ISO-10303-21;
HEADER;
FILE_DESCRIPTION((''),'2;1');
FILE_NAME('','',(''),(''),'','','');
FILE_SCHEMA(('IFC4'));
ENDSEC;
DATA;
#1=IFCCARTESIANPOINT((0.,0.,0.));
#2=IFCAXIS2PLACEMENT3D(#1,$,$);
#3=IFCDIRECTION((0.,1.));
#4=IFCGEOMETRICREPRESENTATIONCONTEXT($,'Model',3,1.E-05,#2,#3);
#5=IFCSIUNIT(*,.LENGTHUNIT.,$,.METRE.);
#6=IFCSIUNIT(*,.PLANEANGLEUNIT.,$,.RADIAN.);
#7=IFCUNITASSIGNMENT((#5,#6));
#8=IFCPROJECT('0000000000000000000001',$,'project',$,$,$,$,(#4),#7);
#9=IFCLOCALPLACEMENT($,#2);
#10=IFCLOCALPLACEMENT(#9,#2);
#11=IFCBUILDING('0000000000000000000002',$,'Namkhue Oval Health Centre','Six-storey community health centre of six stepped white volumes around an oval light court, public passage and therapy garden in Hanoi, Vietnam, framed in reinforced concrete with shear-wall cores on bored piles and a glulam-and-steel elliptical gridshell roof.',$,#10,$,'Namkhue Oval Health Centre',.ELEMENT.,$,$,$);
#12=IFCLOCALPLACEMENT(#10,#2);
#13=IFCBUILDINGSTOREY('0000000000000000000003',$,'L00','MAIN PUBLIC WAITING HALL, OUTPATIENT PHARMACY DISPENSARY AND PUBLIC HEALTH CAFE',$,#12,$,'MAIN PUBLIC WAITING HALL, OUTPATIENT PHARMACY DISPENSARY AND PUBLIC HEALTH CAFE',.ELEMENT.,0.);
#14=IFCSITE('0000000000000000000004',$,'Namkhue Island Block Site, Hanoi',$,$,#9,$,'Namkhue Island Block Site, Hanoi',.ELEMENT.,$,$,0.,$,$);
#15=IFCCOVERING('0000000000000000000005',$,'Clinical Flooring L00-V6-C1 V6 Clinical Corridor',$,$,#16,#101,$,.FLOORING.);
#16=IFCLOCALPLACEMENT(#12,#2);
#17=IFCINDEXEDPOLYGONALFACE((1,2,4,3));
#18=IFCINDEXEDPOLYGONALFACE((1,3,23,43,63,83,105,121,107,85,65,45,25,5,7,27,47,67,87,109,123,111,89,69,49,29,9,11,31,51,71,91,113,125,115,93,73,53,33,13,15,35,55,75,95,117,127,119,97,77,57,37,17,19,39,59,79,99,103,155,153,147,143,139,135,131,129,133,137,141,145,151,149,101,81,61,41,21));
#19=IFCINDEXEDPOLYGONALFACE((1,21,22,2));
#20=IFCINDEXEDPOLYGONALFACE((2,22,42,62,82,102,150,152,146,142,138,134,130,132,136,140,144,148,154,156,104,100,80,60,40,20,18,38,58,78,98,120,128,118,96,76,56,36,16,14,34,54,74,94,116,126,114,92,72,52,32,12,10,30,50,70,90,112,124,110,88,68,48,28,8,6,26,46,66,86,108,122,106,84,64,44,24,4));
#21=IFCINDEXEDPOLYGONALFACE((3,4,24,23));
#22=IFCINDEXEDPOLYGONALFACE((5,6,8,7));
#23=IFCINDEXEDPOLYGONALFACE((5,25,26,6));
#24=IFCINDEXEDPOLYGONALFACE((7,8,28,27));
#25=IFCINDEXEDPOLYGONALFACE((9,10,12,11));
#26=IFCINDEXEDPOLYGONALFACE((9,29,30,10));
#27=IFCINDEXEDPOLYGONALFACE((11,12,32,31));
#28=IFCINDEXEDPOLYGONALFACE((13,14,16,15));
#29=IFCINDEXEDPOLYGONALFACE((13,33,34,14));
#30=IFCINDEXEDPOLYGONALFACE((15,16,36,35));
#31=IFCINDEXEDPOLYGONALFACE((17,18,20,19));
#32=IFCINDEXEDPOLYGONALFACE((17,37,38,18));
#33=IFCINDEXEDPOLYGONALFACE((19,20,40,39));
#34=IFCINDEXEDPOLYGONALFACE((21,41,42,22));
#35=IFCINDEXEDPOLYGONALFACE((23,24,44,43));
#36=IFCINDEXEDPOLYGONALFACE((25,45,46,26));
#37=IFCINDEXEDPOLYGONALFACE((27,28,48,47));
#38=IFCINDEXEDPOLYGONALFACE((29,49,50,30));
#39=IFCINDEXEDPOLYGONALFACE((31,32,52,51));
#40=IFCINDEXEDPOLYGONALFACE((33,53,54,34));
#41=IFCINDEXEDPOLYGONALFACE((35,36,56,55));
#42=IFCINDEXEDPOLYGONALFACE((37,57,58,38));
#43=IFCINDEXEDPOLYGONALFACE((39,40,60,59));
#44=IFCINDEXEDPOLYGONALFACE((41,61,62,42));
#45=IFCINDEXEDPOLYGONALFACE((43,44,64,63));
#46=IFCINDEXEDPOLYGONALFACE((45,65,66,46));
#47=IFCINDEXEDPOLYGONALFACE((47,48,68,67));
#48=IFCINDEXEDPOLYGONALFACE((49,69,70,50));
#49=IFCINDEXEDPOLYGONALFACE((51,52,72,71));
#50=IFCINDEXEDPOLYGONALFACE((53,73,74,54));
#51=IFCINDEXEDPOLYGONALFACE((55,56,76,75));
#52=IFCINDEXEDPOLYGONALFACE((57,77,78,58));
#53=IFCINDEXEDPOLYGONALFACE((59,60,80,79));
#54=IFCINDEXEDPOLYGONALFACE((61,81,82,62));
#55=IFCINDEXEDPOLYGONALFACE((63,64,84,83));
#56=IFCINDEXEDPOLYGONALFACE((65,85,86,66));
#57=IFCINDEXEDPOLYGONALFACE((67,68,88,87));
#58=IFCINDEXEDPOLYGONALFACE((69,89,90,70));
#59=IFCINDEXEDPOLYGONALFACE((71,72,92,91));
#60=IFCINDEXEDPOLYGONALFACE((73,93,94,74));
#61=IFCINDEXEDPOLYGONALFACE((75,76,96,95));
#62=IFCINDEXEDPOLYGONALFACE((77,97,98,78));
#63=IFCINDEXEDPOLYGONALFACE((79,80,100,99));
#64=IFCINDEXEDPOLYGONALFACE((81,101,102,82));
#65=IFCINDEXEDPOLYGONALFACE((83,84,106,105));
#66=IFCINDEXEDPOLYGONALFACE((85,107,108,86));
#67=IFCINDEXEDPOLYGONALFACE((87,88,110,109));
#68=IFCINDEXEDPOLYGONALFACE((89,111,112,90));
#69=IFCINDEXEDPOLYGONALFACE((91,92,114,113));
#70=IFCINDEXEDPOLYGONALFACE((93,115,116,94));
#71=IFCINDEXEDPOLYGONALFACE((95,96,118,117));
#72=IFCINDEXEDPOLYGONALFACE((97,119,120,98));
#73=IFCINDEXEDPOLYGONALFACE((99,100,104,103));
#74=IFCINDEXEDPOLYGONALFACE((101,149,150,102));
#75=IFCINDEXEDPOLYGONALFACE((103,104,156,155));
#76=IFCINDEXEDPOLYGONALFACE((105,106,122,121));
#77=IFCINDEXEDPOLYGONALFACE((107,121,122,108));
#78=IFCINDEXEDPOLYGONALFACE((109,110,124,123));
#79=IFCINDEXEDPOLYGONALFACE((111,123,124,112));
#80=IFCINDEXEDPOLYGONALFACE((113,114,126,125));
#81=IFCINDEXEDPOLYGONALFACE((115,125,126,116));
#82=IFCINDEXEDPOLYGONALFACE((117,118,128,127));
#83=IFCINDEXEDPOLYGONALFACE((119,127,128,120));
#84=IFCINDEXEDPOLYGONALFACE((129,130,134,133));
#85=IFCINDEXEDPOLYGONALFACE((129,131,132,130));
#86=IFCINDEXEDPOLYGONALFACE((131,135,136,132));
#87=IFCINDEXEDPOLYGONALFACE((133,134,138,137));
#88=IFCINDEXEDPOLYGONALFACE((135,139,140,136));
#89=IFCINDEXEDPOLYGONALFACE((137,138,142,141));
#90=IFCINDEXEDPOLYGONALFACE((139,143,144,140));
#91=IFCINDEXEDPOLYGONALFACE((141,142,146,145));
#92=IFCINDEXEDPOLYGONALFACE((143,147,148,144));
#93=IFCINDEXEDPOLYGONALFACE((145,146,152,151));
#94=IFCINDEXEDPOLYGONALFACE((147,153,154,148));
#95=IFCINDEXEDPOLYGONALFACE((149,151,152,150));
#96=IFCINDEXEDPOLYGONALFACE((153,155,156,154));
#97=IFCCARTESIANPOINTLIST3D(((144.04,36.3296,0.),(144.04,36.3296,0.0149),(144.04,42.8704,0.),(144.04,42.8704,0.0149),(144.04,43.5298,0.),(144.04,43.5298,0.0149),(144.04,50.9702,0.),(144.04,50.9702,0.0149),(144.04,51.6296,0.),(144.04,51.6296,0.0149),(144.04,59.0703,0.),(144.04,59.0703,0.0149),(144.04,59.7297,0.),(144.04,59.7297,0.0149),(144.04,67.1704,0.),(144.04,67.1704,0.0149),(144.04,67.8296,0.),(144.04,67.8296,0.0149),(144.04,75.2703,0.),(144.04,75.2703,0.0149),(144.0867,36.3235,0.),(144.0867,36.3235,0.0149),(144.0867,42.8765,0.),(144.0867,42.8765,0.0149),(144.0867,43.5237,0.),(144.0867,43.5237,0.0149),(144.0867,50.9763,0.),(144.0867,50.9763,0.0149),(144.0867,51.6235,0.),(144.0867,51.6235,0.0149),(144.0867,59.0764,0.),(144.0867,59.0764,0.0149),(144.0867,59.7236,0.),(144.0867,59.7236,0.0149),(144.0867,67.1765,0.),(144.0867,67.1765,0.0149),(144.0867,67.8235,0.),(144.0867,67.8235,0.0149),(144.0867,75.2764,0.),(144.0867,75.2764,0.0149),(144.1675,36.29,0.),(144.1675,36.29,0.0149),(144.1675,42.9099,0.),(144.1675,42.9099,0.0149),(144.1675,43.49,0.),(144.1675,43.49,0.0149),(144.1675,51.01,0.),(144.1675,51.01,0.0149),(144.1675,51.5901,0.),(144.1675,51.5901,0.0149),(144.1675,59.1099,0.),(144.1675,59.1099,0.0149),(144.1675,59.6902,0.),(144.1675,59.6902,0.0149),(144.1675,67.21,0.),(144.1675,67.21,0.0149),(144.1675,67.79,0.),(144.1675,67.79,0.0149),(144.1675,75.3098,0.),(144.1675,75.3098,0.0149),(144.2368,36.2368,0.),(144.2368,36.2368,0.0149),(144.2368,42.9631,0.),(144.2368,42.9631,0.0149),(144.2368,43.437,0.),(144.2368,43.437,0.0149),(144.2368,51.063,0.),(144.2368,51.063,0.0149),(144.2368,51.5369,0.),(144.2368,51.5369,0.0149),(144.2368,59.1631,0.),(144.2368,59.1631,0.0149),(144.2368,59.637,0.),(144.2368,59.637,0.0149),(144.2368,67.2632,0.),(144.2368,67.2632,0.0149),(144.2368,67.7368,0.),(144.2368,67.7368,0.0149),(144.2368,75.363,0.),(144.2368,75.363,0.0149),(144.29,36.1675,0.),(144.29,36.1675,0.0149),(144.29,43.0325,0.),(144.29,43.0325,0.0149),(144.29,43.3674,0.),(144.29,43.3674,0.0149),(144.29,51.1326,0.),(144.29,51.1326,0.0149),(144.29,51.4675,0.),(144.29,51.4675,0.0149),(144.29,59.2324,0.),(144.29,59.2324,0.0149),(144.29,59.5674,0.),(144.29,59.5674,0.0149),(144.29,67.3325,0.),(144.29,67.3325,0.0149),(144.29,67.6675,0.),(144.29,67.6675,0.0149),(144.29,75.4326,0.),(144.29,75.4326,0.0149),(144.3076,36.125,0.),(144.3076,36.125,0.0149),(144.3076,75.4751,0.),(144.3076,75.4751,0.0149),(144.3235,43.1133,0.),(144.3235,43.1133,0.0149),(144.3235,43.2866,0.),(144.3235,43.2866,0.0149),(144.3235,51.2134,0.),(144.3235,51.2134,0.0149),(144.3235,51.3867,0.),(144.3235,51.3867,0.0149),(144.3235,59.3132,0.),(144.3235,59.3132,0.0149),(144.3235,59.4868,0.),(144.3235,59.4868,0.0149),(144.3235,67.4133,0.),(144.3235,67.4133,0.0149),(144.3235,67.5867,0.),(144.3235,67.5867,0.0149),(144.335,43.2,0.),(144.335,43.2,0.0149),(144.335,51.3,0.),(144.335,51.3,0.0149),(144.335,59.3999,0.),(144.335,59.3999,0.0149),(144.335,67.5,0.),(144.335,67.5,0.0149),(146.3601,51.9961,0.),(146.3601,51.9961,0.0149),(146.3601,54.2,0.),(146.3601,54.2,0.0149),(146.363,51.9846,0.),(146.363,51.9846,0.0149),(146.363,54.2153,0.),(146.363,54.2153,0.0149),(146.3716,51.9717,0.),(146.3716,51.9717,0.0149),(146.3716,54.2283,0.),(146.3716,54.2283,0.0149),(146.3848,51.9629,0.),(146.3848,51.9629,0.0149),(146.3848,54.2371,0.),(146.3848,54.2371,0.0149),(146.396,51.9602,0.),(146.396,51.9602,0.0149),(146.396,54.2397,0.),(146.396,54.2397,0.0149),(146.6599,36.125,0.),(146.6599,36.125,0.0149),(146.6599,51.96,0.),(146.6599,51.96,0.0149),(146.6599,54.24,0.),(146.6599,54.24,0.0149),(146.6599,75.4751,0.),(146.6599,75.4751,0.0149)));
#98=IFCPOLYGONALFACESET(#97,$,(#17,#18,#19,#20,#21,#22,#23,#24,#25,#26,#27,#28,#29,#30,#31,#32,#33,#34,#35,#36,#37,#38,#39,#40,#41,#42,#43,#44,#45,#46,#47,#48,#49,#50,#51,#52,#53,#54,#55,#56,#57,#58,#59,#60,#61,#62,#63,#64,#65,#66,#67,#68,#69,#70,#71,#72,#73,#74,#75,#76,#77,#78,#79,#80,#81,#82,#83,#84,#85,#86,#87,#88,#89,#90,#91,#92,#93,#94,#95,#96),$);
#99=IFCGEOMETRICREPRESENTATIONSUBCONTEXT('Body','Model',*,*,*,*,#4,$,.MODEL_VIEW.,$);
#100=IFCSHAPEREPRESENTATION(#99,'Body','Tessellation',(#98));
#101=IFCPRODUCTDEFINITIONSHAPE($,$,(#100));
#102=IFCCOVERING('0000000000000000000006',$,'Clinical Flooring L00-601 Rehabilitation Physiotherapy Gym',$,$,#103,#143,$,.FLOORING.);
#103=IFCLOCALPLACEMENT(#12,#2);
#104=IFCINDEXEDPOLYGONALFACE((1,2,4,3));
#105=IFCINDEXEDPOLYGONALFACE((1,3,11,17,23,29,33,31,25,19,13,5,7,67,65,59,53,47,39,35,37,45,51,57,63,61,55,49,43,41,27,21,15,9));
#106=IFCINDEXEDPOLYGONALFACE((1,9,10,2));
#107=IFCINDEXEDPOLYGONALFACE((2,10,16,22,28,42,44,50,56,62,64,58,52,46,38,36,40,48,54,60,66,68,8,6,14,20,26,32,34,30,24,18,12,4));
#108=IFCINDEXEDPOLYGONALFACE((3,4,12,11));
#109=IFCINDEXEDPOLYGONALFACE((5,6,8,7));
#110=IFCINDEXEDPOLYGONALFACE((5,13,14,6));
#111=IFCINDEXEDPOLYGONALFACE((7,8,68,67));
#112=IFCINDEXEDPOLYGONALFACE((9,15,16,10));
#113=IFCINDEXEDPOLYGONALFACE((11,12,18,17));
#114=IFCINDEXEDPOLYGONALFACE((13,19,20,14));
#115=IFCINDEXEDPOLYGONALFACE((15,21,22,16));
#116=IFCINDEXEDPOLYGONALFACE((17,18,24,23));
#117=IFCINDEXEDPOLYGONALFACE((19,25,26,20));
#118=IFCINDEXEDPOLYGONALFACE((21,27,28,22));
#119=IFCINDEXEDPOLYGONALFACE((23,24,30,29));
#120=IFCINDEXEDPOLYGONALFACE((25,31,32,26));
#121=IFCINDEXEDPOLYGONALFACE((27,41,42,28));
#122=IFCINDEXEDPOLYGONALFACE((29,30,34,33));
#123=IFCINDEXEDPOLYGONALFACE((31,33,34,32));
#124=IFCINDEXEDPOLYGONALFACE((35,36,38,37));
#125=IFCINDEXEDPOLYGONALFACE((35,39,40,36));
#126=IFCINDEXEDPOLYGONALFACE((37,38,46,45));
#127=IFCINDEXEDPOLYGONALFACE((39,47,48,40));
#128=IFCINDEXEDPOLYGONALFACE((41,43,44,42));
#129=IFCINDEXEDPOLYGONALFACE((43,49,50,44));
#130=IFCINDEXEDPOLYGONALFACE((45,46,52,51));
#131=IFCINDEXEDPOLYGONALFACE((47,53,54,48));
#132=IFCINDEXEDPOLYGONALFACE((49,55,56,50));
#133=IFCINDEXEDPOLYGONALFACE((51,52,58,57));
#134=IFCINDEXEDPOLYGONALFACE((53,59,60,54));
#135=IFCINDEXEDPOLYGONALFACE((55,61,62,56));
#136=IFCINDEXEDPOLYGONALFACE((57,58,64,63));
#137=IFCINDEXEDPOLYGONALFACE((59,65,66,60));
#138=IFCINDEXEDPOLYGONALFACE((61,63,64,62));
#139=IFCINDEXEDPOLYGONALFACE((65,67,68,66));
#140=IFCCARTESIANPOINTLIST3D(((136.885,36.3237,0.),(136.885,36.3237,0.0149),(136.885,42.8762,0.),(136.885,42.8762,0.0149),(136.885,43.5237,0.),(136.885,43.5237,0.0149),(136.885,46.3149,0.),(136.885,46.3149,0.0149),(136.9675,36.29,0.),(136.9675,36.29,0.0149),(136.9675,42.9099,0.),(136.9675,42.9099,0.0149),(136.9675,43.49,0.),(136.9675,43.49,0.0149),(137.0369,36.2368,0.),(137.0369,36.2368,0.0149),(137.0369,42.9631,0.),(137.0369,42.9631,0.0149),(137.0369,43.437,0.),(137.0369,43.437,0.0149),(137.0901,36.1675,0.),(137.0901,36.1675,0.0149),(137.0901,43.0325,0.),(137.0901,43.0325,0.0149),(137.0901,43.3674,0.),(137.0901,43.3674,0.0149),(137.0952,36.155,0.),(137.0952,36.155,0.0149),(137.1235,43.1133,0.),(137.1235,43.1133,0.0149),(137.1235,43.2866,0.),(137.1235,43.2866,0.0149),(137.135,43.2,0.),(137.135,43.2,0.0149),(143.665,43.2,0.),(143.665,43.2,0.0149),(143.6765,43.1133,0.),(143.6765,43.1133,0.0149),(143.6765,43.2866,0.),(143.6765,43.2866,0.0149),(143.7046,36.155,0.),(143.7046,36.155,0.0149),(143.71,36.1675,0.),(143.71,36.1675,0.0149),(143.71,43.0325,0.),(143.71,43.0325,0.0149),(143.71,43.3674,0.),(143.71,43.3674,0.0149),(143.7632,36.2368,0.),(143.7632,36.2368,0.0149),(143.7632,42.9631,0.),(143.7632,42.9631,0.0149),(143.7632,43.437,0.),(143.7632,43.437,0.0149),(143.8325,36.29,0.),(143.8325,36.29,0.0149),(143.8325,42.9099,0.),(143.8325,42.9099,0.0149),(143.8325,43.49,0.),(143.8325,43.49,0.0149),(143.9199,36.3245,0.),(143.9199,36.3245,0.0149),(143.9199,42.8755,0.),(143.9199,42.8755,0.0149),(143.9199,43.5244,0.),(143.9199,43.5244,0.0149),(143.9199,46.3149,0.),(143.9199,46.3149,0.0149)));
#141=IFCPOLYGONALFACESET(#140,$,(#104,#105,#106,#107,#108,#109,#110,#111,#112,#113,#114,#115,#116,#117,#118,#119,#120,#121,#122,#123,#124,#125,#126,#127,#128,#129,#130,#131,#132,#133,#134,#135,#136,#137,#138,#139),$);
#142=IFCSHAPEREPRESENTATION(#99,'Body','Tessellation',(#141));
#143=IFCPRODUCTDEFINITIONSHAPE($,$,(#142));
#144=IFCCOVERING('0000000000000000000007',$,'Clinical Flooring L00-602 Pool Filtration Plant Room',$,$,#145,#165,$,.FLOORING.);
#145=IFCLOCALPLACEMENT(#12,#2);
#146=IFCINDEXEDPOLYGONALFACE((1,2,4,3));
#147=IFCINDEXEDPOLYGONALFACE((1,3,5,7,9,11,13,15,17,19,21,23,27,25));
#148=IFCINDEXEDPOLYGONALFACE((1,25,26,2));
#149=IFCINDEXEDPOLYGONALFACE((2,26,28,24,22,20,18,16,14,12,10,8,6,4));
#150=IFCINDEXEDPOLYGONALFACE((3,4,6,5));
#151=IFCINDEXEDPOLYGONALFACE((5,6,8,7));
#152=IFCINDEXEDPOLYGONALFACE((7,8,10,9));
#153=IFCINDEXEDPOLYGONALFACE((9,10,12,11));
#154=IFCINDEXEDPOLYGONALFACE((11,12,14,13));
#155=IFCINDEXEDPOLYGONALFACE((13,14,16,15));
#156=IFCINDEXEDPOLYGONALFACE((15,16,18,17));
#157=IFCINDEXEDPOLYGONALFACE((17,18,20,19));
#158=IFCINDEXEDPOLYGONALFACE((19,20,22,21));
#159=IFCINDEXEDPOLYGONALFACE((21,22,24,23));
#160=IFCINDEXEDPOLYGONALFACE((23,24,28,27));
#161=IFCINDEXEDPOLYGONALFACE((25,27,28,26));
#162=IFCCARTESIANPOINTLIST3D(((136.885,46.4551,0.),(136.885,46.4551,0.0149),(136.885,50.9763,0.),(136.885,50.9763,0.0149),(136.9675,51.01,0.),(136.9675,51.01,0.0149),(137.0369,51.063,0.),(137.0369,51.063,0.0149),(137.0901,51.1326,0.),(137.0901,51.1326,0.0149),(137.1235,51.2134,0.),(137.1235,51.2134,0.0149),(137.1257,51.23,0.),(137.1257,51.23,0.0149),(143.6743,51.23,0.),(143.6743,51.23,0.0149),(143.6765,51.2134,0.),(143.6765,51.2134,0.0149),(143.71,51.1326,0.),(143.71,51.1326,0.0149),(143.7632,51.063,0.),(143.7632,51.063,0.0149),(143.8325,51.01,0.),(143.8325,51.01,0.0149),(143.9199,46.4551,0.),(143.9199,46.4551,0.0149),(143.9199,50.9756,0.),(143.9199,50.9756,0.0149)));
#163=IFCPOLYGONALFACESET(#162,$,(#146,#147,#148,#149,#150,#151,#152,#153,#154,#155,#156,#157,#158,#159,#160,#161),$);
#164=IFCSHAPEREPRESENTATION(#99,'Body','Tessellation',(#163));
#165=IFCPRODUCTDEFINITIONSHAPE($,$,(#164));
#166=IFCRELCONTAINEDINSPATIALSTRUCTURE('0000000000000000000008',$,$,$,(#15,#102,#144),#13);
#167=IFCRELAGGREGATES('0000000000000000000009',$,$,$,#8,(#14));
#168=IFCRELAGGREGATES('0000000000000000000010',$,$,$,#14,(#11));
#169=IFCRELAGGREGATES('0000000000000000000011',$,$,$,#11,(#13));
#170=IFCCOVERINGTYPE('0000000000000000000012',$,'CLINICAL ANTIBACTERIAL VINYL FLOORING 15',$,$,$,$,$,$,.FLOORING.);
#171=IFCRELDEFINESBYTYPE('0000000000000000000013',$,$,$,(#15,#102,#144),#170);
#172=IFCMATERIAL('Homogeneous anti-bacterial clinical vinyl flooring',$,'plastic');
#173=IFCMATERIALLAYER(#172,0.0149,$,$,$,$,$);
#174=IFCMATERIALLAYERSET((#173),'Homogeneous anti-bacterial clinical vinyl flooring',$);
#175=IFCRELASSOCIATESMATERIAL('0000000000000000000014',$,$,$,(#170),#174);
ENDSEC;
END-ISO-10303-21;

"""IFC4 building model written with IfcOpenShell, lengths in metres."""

from ifc_helpers import new_model, si_unit, direction, origin, place, context, subcontext, project, spatial, polyline, outline, extrude, material, layer, layer_set, type_object, element, save


model = new_model("IFC4")

# Units and contexts
model_context = context("Model", 3, precision=1e-05, world=origin(), true_north=direction((0.0, 1.0)))
body_context = subcontext(model_context, "Body", "Model", "MODEL_VIEW")
ifc_project = project(units=[si_unit("LENGTHUNIT", "METRE"), si_unit("PLANEANGLEUNIT", "RADIAN")], contexts=[model_context])

# Site, building, storey
site_placement = place(None, origin())
site = spatial("IfcSite", under=ifc_project, at=site_placement, Name="Namkhue Island Block Site, Hanoi", LongName="Namkhue Island Block Site, Hanoi", CompositionType="ELEMENT", RefElevation=0.0)
building_placement = place(site_placement, origin())
building = spatial("IfcBuilding", under=site, at=building_placement, Name="Namkhue Oval Health Centre", Description="Six-storey community health centre of six stepped white volumes around an oval light court, public passage and therapy garden in Hanoi, Vietnam, framed in reinforced concrete with shear-wall cores on bored piles and a glulam-and-steel elliptical gridshell roof.", LongName="Namkhue Oval Health Centre", CompositionType="ELEMENT")
storey_placement = place(building_placement, origin())
storey = spatial("IfcBuildingStorey", under=building, at=storey_placement, Name="L00", Description="MAIN PUBLIC WAITING HALL, OUTPATIENT PHARMACY DISPENSARY AND PUBLIC HEALTH CAFE", LongName="MAIN PUBLIC WAITING HALL, OUTPATIENT PHARMACY DISPENSARY AND PUBLIC HEALTH CAFE", CompositionType="ELEMENT", Elevation=0.0)

# Coverings
ifc_material_1 = material(Name="Homogeneous anti-bacterial clinical vinyl flooring", Category="plastic")
ifc_layer_1 = layer(ifc_material_1, 0.0149)
ifc_layer_set_1 = layer_set([ifc_layer_1], Name="Homogeneous anti-bacterial clinical vinyl flooring")
covering_type_1 = type_object("IfcCoveringType", Name="CLINICAL ANTIBACTERIAL VINYL FLOORING 15", PredefinedType="FLOORING", material=ifc_layer_set_1)
covering_1_placement = place(storey_placement, origin())
element("IfcCovering", 1, at=covering_1_placement, inside=storey, type_object=covering_type_1, Name="Clinical Flooring L00-V6-C1 V6 Clinical Corridor", PredefinedType="FLOORING", context=body_context, shape_type="SweptSolid", body=[
    extrude(outline(polyline([(144.04, 42.8704), (144.0867, 42.8765), (144.1675, 42.9099), (144.2368, 42.9631), (144.29, 43.0325), (144.3235, 43.1133), (144.335, 43.2), (144.3235, 43.2866), (144.29, 43.3674), (144.2368, 43.437), (144.1675, 43.49), (144.0867, 43.5237), (144.04, 43.5298), (144.04, 50.9702), (144.0867, 50.9763), (144.1675, 51.01), (144.2368, 51.063), (144.29, 51.1326), (144.3235, 51.2134), (144.335, 51.3), (144.3235, 51.3867), (144.29, 51.4675), (144.2368, 51.5369), (144.1675, 51.5901), (144.0867, 51.6235), (144.04, 51.6296), (144.04, 59.0703), (144.0867, 59.0764), (144.1675, 59.1099), (144.2368, 59.1631), (144.29, 59.2324), (144.3235, 59.3132), (144.335, 59.3999), (144.3235, 59.4868), (144.29, 59.5674), (144.2368, 59.637), (144.1675, 59.6902), (144.0867, 59.7236), (144.04, 59.7297), (144.04, 67.1704), (144.0867, 67.1765), (144.1675, 67.21), (144.2368, 67.2632), (144.29, 67.3325), (144.3235, 67.4133), (144.335, 67.5), (144.3235, 67.5867), (144.29, 67.6675), (144.2368, 67.7368), (144.1675, 67.79), (144.0867, 67.8235), (144.04, 67.8296), (144.04, 75.2703), (144.0867, 75.2764), (144.1675, 75.3098), (144.2368, 75.363), (144.29, 75.4326), (144.3076, 75.4751), (146.6599, 75.4751), (146.6599, 54.24), (146.396, 54.2397), (146.3848, 54.2371), (146.3716, 54.2283), (146.363, 54.2153), (146.3601, 54.2), (146.3601, 51.9961), (146.363, 51.9846), (146.3716, 51.9717), (146.3848, 51.9629), (146.396, 51.9602), (146.6599, 51.96), (146.6599, 36.125), (144.3076, 36.125), (144.29, 36.1675), (144.2368, 36.2368), (144.1675, 36.29), (144.0867, 36.3235), (144.04, 36.3296), (144.04, 42.8704)])), origin(), (0.0, 0.0, 1.0), 0.0149),
])
covering_2_placement = place(storey_placement, origin())
element("IfcCovering", 2, at=covering_2_placement, inside=storey, type_object=covering_type_1, Name="Clinical Flooring L00-601 Rehabilitation Physiotherapy Gym", PredefinedType="FLOORING", context=body_context, shape_type="SweptSolid", body=[
    extrude(outline(polyline([(137.0952, 36.155), (137.0901, 36.1675), (137.0369, 36.2368), (136.9675, 36.29), (136.885, 36.3237), (136.885, 42.8762), (136.9675, 42.9099), (137.0369, 42.9631), (137.0901, 43.0325), (137.1235, 43.1133), (137.135, 43.2), (137.1235, 43.2866), (137.0901, 43.3674), (137.0369, 43.437), (136.9675, 43.49), (136.885, 43.5237), (136.885, 46.3149), (143.9199, 46.3149), (143.9199, 43.5244), (143.8325, 43.49), (143.7632, 43.437), (143.71, 43.3674), (143.6765, 43.2866), (143.665, 43.2), (143.6765, 43.1133), (143.71, 43.0325), (143.7632, 42.9631), (143.8325, 42.9099), (143.9199, 42.8755), (143.9199, 36.3245), (143.8325, 36.29), (143.7632, 36.2368), (143.71, 36.1675), (143.7046, 36.155), (137.0952, 36.155)])), origin(), (0.0, 0.0, 1.0), 0.0149),
])
covering_3_placement = place(storey_placement, origin())
element("IfcCovering", 3, at=covering_3_placement, inside=storey, type_object=covering_type_1, Name="Clinical Flooring L00-602 Pool Filtration Plant Room", PredefinedType="FLOORING", context=body_context, shape_type="SweptSolid", body=[
    extrude(outline(polyline([(136.885, 46.4551), (136.885, 50.9763), (136.9675, 51.01), (137.0369, 51.063), (137.0901, 51.1326), (137.1235, 51.2134), (137.1257, 51.23), (143.6743, 51.23), (143.6765, 51.2134), (143.71, 51.1326), (143.7632, 51.063), (143.8325, 51.01), (143.9199, 50.9756), (143.9199, 46.4551), (136.885, 46.4551)])), origin(), (0.0, 0.0, 1.0), 0.0149),
])

save(model, "model.ifc")
